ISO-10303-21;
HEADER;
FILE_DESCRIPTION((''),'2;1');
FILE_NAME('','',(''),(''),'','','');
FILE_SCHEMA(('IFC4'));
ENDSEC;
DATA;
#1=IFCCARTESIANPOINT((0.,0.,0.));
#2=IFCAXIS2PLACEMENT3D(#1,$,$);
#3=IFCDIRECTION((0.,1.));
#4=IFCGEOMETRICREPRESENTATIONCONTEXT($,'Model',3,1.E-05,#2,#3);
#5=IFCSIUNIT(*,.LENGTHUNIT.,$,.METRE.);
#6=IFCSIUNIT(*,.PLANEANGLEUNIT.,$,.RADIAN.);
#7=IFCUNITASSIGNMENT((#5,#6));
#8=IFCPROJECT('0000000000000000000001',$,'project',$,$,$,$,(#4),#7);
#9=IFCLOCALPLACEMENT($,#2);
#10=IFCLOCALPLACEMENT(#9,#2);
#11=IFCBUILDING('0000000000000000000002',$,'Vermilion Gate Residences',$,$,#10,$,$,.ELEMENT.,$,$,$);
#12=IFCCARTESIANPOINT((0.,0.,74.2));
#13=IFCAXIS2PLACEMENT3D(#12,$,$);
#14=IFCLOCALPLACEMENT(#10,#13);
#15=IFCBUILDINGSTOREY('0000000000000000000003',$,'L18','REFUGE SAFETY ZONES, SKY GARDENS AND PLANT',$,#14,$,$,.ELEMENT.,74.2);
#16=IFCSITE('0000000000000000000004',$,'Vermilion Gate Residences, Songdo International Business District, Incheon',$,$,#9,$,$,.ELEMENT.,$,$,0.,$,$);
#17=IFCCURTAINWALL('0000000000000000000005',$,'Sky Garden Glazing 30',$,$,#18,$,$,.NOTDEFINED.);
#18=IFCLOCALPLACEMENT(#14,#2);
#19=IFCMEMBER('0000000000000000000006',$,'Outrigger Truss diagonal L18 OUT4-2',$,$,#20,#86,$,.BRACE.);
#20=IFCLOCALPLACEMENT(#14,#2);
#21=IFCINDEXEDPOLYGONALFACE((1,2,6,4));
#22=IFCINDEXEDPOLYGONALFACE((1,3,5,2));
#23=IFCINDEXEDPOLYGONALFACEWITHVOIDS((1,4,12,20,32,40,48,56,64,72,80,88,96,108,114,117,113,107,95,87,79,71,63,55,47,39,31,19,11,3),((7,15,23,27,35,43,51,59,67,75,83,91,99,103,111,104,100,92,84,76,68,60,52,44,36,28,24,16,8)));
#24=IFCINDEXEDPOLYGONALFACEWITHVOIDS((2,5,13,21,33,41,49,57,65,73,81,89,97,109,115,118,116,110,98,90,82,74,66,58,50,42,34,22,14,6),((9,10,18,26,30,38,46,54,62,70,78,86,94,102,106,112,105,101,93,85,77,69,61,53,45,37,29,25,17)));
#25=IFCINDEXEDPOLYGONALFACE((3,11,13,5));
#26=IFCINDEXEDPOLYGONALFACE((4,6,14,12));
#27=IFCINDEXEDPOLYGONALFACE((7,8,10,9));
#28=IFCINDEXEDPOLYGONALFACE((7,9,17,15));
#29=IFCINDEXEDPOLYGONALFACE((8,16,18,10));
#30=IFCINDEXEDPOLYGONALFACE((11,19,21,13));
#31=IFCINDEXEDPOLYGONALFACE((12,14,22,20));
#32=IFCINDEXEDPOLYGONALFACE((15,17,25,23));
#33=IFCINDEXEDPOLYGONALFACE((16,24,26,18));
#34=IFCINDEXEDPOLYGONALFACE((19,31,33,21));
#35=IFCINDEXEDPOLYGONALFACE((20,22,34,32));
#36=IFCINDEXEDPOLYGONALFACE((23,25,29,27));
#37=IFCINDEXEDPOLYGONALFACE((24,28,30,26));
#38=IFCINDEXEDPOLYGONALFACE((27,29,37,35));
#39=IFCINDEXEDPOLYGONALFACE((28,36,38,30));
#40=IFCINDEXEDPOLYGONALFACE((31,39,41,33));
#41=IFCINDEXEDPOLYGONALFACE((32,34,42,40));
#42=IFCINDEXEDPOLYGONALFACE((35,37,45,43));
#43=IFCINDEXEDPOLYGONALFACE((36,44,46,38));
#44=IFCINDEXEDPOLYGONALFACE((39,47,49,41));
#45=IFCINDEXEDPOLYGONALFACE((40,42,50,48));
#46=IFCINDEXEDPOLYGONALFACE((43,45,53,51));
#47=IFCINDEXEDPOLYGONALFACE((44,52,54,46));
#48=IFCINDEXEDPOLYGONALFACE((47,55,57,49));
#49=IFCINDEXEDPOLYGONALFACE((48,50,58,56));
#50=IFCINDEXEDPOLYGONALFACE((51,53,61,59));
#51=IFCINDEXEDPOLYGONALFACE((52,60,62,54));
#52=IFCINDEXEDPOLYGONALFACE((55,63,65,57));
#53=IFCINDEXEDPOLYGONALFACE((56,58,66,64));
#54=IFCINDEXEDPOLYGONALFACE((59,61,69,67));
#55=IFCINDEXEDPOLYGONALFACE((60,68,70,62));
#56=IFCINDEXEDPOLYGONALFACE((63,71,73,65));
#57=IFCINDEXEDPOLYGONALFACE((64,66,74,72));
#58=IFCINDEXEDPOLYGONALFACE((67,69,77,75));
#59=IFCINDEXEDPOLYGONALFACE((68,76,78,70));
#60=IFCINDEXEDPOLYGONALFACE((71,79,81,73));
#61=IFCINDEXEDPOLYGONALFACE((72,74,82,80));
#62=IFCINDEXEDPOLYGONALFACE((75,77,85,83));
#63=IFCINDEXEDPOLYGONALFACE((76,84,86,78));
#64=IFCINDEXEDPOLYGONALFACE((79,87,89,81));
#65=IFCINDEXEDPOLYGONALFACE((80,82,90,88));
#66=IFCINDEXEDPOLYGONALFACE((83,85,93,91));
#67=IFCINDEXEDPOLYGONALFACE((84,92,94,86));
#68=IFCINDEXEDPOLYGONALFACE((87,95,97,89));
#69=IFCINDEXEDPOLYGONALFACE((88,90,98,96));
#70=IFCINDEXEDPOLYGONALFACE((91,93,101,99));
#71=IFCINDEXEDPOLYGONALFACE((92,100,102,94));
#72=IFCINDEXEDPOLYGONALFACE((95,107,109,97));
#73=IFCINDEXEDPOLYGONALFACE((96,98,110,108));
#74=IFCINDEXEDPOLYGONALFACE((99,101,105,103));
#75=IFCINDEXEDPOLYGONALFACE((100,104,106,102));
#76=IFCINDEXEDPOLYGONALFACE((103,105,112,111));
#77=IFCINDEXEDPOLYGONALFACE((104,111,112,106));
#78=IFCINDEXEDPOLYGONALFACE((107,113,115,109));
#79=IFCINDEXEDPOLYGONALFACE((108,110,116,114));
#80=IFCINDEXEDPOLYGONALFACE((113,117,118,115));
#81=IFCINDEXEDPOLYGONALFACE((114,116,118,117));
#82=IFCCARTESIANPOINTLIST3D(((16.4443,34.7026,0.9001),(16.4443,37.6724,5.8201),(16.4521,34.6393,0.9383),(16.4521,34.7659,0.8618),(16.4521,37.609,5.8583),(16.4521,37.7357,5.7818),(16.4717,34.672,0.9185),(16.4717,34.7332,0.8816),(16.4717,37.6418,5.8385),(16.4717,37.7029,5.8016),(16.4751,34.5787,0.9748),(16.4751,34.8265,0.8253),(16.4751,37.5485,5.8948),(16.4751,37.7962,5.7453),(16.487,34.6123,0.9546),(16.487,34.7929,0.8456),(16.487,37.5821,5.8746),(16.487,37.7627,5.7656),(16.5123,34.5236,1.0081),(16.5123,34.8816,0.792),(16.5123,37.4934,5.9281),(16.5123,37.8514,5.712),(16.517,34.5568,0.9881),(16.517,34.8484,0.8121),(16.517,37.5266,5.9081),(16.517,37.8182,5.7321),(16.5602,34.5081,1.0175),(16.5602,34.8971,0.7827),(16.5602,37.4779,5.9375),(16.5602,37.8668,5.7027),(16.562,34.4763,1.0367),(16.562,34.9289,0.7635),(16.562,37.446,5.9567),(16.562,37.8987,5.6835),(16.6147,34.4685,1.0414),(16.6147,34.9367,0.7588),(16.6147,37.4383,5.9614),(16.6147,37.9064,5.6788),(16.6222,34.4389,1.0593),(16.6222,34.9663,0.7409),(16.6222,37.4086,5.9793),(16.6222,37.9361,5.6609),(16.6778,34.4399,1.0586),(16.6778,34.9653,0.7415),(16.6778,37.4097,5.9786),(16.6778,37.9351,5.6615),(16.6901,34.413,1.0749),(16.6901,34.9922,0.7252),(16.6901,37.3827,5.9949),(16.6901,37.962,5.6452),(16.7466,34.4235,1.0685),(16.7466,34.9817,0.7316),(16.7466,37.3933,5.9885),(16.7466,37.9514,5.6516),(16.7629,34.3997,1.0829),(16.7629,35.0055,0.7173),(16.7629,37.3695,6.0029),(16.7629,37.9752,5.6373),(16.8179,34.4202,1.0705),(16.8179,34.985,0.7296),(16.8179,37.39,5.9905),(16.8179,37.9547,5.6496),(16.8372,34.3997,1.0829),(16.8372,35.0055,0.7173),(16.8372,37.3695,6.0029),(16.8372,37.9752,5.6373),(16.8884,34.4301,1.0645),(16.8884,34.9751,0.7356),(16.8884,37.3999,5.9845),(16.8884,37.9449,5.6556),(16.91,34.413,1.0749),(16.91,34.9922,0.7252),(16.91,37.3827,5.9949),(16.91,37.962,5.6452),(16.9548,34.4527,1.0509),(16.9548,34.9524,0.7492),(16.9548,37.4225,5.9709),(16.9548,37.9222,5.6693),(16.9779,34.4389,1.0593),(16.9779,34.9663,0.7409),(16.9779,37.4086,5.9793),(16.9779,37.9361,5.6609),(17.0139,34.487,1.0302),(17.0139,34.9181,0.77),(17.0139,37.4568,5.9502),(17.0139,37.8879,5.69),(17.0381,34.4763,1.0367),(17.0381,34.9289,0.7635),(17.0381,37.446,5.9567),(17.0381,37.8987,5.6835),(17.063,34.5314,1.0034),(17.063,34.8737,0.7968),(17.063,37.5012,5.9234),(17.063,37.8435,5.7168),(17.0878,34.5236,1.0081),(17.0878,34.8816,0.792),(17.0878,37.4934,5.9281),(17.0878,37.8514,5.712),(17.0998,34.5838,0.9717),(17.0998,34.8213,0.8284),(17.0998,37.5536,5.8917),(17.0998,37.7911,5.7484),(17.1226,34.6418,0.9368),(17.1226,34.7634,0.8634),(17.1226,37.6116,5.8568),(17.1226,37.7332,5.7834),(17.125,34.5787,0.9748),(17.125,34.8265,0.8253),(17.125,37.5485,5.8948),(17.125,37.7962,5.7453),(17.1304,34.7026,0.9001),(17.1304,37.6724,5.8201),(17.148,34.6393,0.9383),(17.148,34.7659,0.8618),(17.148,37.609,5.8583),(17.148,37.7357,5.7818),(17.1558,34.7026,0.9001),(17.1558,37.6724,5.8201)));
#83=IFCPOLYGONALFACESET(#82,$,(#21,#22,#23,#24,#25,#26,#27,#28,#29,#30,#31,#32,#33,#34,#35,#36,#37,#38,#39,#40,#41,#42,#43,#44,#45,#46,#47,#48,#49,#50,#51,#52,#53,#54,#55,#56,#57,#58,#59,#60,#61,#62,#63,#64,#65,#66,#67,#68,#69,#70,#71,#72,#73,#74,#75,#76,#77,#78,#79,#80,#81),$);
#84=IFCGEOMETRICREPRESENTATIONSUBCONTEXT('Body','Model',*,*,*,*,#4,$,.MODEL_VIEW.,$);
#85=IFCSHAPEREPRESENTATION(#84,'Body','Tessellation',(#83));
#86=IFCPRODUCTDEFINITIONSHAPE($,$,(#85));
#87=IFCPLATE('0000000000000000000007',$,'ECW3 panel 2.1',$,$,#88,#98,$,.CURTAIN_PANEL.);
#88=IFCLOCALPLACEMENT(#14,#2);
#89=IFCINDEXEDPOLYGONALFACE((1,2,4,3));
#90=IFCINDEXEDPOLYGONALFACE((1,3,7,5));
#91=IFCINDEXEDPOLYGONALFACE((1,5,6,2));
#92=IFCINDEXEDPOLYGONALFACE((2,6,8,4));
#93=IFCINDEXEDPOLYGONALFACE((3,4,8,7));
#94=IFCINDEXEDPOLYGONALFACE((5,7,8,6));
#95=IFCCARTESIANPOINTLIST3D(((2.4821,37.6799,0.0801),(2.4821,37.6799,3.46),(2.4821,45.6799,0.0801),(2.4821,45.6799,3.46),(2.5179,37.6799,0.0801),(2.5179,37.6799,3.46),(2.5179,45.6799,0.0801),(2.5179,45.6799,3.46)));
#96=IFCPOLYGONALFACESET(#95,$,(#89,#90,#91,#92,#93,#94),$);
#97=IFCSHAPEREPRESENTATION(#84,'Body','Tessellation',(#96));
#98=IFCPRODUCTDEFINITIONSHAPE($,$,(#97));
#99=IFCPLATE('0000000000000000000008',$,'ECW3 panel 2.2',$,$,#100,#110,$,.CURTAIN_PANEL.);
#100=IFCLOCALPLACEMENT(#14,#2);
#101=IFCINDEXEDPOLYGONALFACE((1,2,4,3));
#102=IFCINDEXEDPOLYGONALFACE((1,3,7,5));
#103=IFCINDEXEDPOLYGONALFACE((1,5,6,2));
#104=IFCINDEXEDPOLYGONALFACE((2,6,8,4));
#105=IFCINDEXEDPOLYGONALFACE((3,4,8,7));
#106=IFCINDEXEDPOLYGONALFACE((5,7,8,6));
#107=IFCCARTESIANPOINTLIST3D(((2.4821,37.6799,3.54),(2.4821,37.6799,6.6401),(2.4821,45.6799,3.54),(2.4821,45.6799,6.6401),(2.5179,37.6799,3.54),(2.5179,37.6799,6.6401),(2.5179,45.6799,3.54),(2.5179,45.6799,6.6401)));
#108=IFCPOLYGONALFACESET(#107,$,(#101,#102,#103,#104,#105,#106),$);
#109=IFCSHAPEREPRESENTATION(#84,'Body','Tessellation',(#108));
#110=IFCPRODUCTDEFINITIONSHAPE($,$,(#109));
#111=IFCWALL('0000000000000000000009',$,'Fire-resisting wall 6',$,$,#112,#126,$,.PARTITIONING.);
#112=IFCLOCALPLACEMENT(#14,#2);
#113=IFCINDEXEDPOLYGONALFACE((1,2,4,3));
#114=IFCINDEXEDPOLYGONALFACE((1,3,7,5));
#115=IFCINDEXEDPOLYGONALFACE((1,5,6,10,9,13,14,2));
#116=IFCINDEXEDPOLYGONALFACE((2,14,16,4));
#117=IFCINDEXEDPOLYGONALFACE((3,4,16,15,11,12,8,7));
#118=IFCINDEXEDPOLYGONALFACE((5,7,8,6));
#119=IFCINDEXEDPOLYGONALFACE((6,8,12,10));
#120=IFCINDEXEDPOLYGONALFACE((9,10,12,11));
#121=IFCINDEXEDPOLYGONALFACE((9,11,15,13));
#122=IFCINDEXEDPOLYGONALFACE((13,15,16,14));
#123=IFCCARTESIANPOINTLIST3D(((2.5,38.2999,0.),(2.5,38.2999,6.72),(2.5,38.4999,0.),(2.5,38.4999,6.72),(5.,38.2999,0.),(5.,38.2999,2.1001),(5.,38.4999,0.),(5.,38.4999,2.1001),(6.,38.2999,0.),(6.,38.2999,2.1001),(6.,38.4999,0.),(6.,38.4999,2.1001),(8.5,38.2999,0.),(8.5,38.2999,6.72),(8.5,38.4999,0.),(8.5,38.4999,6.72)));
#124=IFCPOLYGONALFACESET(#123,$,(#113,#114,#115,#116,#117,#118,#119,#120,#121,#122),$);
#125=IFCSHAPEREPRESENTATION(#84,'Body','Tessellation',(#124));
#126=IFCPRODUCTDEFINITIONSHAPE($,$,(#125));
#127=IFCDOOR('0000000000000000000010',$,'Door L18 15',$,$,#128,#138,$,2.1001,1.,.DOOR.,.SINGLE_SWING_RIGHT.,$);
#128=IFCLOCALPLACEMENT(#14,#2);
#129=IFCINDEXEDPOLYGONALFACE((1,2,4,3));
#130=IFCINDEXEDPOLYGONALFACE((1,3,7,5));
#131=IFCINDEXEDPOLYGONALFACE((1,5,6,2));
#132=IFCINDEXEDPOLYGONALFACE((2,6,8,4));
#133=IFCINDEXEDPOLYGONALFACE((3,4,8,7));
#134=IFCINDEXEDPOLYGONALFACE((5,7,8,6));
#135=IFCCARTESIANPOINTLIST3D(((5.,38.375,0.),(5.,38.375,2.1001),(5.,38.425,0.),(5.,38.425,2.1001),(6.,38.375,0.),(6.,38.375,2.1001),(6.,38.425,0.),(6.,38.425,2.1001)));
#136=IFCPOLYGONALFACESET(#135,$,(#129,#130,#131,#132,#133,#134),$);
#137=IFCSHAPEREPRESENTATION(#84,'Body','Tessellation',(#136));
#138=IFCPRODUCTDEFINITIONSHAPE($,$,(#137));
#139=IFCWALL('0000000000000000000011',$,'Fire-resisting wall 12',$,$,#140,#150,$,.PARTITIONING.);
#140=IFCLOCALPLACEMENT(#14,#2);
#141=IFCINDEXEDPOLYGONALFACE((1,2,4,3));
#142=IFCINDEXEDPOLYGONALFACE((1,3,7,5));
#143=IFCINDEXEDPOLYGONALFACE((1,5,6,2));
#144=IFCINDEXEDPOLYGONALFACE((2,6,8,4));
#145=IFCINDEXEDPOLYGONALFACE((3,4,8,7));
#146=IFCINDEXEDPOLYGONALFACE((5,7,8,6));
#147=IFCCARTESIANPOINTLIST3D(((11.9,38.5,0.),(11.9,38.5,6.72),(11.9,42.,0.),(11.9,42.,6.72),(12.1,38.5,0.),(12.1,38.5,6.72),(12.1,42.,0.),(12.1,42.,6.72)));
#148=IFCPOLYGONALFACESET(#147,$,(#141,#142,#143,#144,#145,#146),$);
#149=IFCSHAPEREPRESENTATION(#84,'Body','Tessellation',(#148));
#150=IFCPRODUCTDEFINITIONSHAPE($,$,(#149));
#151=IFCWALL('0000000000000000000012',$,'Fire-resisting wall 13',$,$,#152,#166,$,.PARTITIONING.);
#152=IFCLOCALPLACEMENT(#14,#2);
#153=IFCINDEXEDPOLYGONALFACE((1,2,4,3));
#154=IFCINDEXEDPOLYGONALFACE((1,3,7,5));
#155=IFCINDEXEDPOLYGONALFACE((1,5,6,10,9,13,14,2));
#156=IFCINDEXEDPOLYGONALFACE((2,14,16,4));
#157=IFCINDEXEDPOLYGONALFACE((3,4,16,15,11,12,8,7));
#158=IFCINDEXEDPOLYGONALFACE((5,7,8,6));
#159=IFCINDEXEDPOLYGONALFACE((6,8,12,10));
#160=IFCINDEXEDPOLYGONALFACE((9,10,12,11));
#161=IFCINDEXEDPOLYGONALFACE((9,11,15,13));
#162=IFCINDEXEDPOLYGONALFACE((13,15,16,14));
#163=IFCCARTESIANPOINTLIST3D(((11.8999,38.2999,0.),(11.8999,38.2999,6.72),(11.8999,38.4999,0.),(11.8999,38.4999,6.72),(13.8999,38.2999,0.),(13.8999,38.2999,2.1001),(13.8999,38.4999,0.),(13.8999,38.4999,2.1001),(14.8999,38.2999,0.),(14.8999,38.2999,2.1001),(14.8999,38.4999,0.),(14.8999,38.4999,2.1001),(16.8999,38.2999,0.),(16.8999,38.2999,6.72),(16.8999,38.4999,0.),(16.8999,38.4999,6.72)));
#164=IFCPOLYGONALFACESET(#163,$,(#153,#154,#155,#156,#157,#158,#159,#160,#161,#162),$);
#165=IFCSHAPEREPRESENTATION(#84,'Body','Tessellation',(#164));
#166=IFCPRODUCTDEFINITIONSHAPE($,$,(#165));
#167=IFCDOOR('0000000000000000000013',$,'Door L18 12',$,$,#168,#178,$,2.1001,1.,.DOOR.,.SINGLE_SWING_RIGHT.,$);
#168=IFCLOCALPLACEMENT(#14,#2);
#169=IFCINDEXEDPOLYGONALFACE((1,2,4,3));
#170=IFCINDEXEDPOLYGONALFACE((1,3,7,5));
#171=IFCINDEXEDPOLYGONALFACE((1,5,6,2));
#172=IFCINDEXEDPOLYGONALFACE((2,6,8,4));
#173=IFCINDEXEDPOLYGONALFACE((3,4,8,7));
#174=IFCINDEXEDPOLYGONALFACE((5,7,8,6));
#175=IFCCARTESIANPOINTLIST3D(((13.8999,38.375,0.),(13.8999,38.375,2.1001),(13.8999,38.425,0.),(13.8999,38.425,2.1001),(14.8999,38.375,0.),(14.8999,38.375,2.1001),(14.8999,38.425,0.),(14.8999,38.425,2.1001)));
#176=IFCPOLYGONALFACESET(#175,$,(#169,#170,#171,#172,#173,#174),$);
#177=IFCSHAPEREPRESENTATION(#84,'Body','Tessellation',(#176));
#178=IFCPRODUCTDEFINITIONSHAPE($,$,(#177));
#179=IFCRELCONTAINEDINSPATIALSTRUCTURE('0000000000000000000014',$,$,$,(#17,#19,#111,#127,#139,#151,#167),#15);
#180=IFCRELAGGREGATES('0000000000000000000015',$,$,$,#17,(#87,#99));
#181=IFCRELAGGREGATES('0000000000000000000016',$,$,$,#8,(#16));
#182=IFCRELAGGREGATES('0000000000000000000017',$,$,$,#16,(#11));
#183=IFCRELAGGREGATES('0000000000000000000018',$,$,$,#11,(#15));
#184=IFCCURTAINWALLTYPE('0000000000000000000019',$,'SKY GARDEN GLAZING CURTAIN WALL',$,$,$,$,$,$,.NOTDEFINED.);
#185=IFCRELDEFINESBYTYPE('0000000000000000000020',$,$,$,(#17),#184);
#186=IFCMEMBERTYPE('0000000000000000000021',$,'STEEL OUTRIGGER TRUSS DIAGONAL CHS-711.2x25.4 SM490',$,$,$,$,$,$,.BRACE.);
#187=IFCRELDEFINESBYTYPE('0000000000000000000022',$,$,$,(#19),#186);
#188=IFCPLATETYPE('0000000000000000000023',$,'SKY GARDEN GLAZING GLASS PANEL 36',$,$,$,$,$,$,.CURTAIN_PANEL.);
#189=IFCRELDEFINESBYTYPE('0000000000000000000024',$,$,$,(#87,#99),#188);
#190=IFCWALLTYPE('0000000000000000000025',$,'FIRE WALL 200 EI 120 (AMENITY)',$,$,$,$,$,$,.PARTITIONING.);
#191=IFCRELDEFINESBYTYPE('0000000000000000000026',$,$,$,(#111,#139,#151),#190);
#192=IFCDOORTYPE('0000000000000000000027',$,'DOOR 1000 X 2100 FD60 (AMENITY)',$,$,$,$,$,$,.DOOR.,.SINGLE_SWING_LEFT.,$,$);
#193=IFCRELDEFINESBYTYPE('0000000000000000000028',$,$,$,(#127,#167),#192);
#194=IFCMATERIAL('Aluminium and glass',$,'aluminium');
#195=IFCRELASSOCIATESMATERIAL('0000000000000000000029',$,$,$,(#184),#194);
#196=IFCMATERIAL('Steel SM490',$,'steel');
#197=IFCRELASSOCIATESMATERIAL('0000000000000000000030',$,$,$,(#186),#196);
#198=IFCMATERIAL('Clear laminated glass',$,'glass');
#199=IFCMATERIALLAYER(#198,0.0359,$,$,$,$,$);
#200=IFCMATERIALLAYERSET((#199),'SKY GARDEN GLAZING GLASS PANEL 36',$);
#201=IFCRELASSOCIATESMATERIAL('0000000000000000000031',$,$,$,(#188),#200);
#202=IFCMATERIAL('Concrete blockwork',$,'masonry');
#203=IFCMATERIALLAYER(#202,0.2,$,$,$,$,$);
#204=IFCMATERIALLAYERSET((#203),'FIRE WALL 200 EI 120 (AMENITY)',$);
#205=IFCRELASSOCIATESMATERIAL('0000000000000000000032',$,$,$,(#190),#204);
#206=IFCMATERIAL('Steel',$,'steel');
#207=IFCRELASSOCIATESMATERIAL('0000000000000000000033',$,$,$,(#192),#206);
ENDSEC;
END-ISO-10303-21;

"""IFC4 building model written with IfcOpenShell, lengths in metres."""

from ifc_helpers import new_model, si_unit, direction, frame, frame_2d, origin, origin_2d, place, context, subcontext, project, spatial, rectangle, hollow_circle, extrude, material, layer, layer_set, material_profile, profile_set, type_object, element, fill, aggregate, save


model = new_model("IFC4")

# Units and contexts
model_context = context("Model", 3, precision=1e-05, world=origin(), true_north=direction((0.0, 1.0)))
body_context = subcontext(model_context, "Body", "Model", "MODEL_VIEW")
ifc_project = project(units=[si_unit("LENGTHUNIT", "METRE"), si_unit("PLANEANGLEUNIT", "RADIAN")], contexts=[model_context])

# Site, building, storey
site_placement = place(None, origin())
site = spatial("IfcSite", under=ifc_project, at=site_placement, Name="Vermilion Gate Residences, Songdo International Business District, Incheon", CompositionType="ELEMENT", RefElevation=0.0)
building_placement = place(site_placement, origin())
building = spatial("IfcBuilding", under=site, at=building_placement, Name="Vermilion Gate Residences", CompositionType="ELEMENT")
storey_placement = place(building_placement, frame((0.0, 0.0, 74.2)))
storey = spatial("IfcBuildingStorey", under=building, at=storey_placement, Name="L18", Description="REFUGE SAFETY ZONES, SKY GARDENS AND PLANT", CompositionType="ELEMENT", Elevation=74.2)

# Curtain wall
ifc_material_1 = material(Name="Aluminium and glass", Category="aluminium")
curtain_wall_type = type_object("IfcCurtainWallType", Name="SKY GARDEN GLAZING CURTAIN WALL", PredefinedType="NOTDEFINED", material=ifc_material_1)
curtain_wall_placement = place(storey_placement, origin())
curtain_wall = element("IfcCurtainWall", 1, at=curtain_wall_placement, inside=storey, type_object=curtain_wall_type, Name="Sky Garden Glazing 30", PredefinedType="NOTDEFINED")

# Member
ifc_material_2 = material(Name="Steel SM490", Category="steel")
ifc_material_profile_1 = material_profile(ifc_material_2, hollow_circle(Radius=0.3557, WallThickness=0.0254, at=origin_2d()), Name="CHS-711.2x25.4")
ifc_profile_set_1 = profile_set([ifc_material_profile_1], Name="Steel SM490")
member_type_1 = type_object("IfcMemberType", Name="STEEL OUTRIGGER TRUSS DIAGONAL CHS-711.2x25.4 SM490", PredefinedType="BRACE", material=ifc_profile_set_1)
for number, where, z_axis, x_axis, name in (
    (2, (16.8, 37.6724, 5.8201), (0.0, -0.516768, -0.856125), (1.0, 0.0, 0.0), "Outrigger Truss diagonal L18 OUT4-2"),
):
    element("IfcMember", number, at=place(storey_placement, frame(where, z_axis=z_axis, x_axis=x_axis)), inside=storey, type_object=member_type_1, Name=name, PredefinedType="BRACE", context=body_context, shape_type="SweptSolid", body=[
        extrude(hollow_circle(Radius=0.3557, WallThickness=0.0254, at=origin_2d()), origin(), (0.0, 0.0, 1.0), 5.7468),
    ])

# Plates
ifc_material_3 = material(Name="Clear laminated glass", Category="glass")
ifc_layer_1 = layer(ifc_material_3, 0.0359)
ifc_layer_set_1 = layer_set([ifc_layer_1], Name="SKY GARDEN GLAZING GLASS PANEL 36")
plate_type = type_object("IfcPlateType", Name="SKY GARDEN GLAZING GLASS PANEL 36", PredefinedType="CURTAIN_PANEL", material=ifc_layer_set_1)
plate_1_placement = place(storey_placement, frame((2.5, 41.6799, 0.0801), z_axis=(0.0, 0.0, 1.0), x_axis=(0.0, -1.0, 0.0)))
plate_1 = element("IfcPlate", 3, at=plate_1_placement, type_object=plate_type, Name="ECW3 panel 2.1", PredefinedType="CURTAIN_PANEL", context=body_context, shape_type="SweptSolid", body=[
    extrude(rectangle(XDim=8.0, YDim=0.0359, at=origin_2d()), origin(), (0.0, 0.0, 1.0), 3.3799),
])
plate_2_placement = place(storey_placement, frame((2.5, 41.6799, 3.54), z_axis=(0.0, 0.0, 1.0), x_axis=(0.0, -1.0, 0.0)))
plate_2 = element("IfcPlate", 4, at=plate_2_placement, type_object=plate_type, Name="ECW3 panel 2.2", PredefinedType="CURTAIN_PANEL", context=body_context, shape_type="SweptSolid", body=[
    extrude(rectangle(XDim=8.0, YDim=0.0359, at=origin_2d()), origin(), (0.0, 0.0, 1.0), 3.1001),
])
aggregate(curtain_wall, [plate_1, plate_2])

# Wall, opening, door
ifc_material_4 = material(Name="Concrete blockwork", Category="masonry")
ifc_layer_2 = layer(ifc_material_4, 0.2)
ifc_layer_set_2 = layer_set([ifc_layer_2], Name="FIRE WALL 200 EI 120 (AMENITY)")
wall_type_1 = type_object("IfcWallType", Name="FIRE WALL 200 EI 120 (AMENITY)", PredefinedType="PARTITIONING", material=ifc_layer_set_2)
wall_1_placement = place(storey_placement, frame((2.5, 38.3999, 0.0), z_axis=(0.0, 0.0, 1.0), x_axis=(1.0, 0.0, 0.0)))
wall_1 = element("IfcWall", 5, at=wall_1_placement, inside=storey, type_object=wall_type_1, Name="Fire-resisting wall 6", PredefinedType="PARTITIONING", context=body_context, shape_type="SweptSolid", body=[
    extrude(rectangle(XDim=6.0, YDim=0.2, at=frame_2d((3.0, 0.0))), origin(), (0.0, 0.0, 1.0), 6.72),
])
opening_1_placement = place(wall_1_placement, frame((2.5, 0.0, 0.0)))
opening_1 = element("IfcOpeningElement", 6, at=opening_1_placement, cuts=wall_1, PredefinedType="OPENING", context=body_context, shape_type="SweptSolid", body=[
    extrude(rectangle(XDim=1.0, YDim=2.1001, at=frame_2d((0.5, 1.05))), frame((0.0, 0.1099, 0.0), z_axis=(0.0, -1.0, 0.0), x_axis=(1.0, 0.0, 0.0)), (0.0, 0.0, 1.0), 0.22),
])
ifc_material_5 = material(Name="Steel", Category="steel")
door_type_1 = type_object("IfcDoorType", Name="DOOR 1000 X 2100 FD60 (AMENITY)", OperationType="SINGLE_SWING_LEFT", PredefinedType="DOOR", material=ifc_material_5)
door_1_placement = place(opening_1_placement, frame((1.0, 0.0, 0.0), z_axis=(0.0, 0.0, 1.0), x_axis=(-1.0, 0.0, 0.0)))
door_1 = element("IfcDoor", 7, at=door_1_placement, inside=storey, type_object=door_type_1, Name="Door L18 15", OperationType="SINGLE_SWING_RIGHT", OverallHeight=2.1001, OverallWidth=1.0, PredefinedType="DOOR", context=body_context, shape_type="SweptSolid", body=[
    extrude(rectangle(XDim=1.0, YDim=2.1001, at=frame_2d((0.5, 1.05))), frame((0.0, 0.0249, 0.0), z_axis=(0.0, -1.0, 0.0), x_axis=(1.0, 0.0, 0.0)), (0.0, 0.0, 1.0), 0.05),
])
fill(opening_1, door_1)

# Wall
wall_2_placement = place(storey_placement, frame((12.0, 38.5, 0.0), z_axis=(0.0, 0.0, 1.0), x_axis=(0.0, 1.0, 0.0)))
element("IfcWall", 8, at=wall_2_placement, inside=storey, type_object=wall_type_1, Name="Fire-resisting wall 12", PredefinedType="PARTITIONING", context=body_context, shape_type="SweptSolid", body=[
    extrude(rectangle(XDim=3.5, YDim=0.2, at=frame_2d((1.75, 0.0))), origin(), (0.0, 0.0, 1.0), 6.72),
])

# Wall, opening, door
wall_3_placement = place(storey_placement, frame((11.8999, 38.3999, 0.0), z_axis=(0.0, 0.0, 1.0), x_axis=(1.0, 0.0, 0.0)))
wall_3 = element("IfcWall", 9, at=wall_3_placement, inside=storey, type_object=wall_type_1, Name="Fire-resisting wall 13", PredefinedType="PARTITIONING", context=body_context, shape_type="SweptSolid", body=[
    extrude(rectangle(XDim=5.0, YDim=0.2, at=frame_2d((2.5, 0.0))), origin(), (0.0, 0.0, 1.0), 6.72),
])
opening_2_placement = place(wall_3_placement, frame((2.0, 0.0, 0.0)))
opening_2 = element("IfcOpeningElement", 10, at=opening_2_placement, cuts=wall_3, PredefinedType="OPENING", context=body_context, shape_type="SweptSolid", body=[
    extrude(rectangle(XDim=1.0, YDim=2.1001, at=frame_2d((0.5, 1.05))), frame((0.0, 0.1099, 0.0), z_axis=(0.0, -1.0, 0.0), x_axis=(1.0, 0.0, 0.0)), (0.0, 0.0, 1.0), 0.22),
])
door_2_placement = place(opening_2_placement, frame((1.0, 0.0, 0.0), z_axis=(0.0, 0.0, 1.0), x_axis=(-1.0, 0.0, 0.0)))
door_2 = element("IfcDoor", 11, at=door_2_placement, inside=storey, type_object=door_type_1, Name="Door L18 12", OperationType="SINGLE_SWING_RIGHT", OverallHeight=2.1001, OverallWidth=1.0, PredefinedType="DOOR", context=body_context, shape_type="SweptSolid", body=[
    extrude(rectangle(XDim=1.0, YDim=2.1001, at=frame_2d((0.5, 1.05))), frame((0.0, 0.0249, 0.0), z_axis=(0.0, -1.0, 0.0), x_axis=(1.0, 0.0, 0.0)), (0.0, 0.0, 1.0), 0.05),
])
fill(opening_2, door_2)

save(model, "model.ifc")
